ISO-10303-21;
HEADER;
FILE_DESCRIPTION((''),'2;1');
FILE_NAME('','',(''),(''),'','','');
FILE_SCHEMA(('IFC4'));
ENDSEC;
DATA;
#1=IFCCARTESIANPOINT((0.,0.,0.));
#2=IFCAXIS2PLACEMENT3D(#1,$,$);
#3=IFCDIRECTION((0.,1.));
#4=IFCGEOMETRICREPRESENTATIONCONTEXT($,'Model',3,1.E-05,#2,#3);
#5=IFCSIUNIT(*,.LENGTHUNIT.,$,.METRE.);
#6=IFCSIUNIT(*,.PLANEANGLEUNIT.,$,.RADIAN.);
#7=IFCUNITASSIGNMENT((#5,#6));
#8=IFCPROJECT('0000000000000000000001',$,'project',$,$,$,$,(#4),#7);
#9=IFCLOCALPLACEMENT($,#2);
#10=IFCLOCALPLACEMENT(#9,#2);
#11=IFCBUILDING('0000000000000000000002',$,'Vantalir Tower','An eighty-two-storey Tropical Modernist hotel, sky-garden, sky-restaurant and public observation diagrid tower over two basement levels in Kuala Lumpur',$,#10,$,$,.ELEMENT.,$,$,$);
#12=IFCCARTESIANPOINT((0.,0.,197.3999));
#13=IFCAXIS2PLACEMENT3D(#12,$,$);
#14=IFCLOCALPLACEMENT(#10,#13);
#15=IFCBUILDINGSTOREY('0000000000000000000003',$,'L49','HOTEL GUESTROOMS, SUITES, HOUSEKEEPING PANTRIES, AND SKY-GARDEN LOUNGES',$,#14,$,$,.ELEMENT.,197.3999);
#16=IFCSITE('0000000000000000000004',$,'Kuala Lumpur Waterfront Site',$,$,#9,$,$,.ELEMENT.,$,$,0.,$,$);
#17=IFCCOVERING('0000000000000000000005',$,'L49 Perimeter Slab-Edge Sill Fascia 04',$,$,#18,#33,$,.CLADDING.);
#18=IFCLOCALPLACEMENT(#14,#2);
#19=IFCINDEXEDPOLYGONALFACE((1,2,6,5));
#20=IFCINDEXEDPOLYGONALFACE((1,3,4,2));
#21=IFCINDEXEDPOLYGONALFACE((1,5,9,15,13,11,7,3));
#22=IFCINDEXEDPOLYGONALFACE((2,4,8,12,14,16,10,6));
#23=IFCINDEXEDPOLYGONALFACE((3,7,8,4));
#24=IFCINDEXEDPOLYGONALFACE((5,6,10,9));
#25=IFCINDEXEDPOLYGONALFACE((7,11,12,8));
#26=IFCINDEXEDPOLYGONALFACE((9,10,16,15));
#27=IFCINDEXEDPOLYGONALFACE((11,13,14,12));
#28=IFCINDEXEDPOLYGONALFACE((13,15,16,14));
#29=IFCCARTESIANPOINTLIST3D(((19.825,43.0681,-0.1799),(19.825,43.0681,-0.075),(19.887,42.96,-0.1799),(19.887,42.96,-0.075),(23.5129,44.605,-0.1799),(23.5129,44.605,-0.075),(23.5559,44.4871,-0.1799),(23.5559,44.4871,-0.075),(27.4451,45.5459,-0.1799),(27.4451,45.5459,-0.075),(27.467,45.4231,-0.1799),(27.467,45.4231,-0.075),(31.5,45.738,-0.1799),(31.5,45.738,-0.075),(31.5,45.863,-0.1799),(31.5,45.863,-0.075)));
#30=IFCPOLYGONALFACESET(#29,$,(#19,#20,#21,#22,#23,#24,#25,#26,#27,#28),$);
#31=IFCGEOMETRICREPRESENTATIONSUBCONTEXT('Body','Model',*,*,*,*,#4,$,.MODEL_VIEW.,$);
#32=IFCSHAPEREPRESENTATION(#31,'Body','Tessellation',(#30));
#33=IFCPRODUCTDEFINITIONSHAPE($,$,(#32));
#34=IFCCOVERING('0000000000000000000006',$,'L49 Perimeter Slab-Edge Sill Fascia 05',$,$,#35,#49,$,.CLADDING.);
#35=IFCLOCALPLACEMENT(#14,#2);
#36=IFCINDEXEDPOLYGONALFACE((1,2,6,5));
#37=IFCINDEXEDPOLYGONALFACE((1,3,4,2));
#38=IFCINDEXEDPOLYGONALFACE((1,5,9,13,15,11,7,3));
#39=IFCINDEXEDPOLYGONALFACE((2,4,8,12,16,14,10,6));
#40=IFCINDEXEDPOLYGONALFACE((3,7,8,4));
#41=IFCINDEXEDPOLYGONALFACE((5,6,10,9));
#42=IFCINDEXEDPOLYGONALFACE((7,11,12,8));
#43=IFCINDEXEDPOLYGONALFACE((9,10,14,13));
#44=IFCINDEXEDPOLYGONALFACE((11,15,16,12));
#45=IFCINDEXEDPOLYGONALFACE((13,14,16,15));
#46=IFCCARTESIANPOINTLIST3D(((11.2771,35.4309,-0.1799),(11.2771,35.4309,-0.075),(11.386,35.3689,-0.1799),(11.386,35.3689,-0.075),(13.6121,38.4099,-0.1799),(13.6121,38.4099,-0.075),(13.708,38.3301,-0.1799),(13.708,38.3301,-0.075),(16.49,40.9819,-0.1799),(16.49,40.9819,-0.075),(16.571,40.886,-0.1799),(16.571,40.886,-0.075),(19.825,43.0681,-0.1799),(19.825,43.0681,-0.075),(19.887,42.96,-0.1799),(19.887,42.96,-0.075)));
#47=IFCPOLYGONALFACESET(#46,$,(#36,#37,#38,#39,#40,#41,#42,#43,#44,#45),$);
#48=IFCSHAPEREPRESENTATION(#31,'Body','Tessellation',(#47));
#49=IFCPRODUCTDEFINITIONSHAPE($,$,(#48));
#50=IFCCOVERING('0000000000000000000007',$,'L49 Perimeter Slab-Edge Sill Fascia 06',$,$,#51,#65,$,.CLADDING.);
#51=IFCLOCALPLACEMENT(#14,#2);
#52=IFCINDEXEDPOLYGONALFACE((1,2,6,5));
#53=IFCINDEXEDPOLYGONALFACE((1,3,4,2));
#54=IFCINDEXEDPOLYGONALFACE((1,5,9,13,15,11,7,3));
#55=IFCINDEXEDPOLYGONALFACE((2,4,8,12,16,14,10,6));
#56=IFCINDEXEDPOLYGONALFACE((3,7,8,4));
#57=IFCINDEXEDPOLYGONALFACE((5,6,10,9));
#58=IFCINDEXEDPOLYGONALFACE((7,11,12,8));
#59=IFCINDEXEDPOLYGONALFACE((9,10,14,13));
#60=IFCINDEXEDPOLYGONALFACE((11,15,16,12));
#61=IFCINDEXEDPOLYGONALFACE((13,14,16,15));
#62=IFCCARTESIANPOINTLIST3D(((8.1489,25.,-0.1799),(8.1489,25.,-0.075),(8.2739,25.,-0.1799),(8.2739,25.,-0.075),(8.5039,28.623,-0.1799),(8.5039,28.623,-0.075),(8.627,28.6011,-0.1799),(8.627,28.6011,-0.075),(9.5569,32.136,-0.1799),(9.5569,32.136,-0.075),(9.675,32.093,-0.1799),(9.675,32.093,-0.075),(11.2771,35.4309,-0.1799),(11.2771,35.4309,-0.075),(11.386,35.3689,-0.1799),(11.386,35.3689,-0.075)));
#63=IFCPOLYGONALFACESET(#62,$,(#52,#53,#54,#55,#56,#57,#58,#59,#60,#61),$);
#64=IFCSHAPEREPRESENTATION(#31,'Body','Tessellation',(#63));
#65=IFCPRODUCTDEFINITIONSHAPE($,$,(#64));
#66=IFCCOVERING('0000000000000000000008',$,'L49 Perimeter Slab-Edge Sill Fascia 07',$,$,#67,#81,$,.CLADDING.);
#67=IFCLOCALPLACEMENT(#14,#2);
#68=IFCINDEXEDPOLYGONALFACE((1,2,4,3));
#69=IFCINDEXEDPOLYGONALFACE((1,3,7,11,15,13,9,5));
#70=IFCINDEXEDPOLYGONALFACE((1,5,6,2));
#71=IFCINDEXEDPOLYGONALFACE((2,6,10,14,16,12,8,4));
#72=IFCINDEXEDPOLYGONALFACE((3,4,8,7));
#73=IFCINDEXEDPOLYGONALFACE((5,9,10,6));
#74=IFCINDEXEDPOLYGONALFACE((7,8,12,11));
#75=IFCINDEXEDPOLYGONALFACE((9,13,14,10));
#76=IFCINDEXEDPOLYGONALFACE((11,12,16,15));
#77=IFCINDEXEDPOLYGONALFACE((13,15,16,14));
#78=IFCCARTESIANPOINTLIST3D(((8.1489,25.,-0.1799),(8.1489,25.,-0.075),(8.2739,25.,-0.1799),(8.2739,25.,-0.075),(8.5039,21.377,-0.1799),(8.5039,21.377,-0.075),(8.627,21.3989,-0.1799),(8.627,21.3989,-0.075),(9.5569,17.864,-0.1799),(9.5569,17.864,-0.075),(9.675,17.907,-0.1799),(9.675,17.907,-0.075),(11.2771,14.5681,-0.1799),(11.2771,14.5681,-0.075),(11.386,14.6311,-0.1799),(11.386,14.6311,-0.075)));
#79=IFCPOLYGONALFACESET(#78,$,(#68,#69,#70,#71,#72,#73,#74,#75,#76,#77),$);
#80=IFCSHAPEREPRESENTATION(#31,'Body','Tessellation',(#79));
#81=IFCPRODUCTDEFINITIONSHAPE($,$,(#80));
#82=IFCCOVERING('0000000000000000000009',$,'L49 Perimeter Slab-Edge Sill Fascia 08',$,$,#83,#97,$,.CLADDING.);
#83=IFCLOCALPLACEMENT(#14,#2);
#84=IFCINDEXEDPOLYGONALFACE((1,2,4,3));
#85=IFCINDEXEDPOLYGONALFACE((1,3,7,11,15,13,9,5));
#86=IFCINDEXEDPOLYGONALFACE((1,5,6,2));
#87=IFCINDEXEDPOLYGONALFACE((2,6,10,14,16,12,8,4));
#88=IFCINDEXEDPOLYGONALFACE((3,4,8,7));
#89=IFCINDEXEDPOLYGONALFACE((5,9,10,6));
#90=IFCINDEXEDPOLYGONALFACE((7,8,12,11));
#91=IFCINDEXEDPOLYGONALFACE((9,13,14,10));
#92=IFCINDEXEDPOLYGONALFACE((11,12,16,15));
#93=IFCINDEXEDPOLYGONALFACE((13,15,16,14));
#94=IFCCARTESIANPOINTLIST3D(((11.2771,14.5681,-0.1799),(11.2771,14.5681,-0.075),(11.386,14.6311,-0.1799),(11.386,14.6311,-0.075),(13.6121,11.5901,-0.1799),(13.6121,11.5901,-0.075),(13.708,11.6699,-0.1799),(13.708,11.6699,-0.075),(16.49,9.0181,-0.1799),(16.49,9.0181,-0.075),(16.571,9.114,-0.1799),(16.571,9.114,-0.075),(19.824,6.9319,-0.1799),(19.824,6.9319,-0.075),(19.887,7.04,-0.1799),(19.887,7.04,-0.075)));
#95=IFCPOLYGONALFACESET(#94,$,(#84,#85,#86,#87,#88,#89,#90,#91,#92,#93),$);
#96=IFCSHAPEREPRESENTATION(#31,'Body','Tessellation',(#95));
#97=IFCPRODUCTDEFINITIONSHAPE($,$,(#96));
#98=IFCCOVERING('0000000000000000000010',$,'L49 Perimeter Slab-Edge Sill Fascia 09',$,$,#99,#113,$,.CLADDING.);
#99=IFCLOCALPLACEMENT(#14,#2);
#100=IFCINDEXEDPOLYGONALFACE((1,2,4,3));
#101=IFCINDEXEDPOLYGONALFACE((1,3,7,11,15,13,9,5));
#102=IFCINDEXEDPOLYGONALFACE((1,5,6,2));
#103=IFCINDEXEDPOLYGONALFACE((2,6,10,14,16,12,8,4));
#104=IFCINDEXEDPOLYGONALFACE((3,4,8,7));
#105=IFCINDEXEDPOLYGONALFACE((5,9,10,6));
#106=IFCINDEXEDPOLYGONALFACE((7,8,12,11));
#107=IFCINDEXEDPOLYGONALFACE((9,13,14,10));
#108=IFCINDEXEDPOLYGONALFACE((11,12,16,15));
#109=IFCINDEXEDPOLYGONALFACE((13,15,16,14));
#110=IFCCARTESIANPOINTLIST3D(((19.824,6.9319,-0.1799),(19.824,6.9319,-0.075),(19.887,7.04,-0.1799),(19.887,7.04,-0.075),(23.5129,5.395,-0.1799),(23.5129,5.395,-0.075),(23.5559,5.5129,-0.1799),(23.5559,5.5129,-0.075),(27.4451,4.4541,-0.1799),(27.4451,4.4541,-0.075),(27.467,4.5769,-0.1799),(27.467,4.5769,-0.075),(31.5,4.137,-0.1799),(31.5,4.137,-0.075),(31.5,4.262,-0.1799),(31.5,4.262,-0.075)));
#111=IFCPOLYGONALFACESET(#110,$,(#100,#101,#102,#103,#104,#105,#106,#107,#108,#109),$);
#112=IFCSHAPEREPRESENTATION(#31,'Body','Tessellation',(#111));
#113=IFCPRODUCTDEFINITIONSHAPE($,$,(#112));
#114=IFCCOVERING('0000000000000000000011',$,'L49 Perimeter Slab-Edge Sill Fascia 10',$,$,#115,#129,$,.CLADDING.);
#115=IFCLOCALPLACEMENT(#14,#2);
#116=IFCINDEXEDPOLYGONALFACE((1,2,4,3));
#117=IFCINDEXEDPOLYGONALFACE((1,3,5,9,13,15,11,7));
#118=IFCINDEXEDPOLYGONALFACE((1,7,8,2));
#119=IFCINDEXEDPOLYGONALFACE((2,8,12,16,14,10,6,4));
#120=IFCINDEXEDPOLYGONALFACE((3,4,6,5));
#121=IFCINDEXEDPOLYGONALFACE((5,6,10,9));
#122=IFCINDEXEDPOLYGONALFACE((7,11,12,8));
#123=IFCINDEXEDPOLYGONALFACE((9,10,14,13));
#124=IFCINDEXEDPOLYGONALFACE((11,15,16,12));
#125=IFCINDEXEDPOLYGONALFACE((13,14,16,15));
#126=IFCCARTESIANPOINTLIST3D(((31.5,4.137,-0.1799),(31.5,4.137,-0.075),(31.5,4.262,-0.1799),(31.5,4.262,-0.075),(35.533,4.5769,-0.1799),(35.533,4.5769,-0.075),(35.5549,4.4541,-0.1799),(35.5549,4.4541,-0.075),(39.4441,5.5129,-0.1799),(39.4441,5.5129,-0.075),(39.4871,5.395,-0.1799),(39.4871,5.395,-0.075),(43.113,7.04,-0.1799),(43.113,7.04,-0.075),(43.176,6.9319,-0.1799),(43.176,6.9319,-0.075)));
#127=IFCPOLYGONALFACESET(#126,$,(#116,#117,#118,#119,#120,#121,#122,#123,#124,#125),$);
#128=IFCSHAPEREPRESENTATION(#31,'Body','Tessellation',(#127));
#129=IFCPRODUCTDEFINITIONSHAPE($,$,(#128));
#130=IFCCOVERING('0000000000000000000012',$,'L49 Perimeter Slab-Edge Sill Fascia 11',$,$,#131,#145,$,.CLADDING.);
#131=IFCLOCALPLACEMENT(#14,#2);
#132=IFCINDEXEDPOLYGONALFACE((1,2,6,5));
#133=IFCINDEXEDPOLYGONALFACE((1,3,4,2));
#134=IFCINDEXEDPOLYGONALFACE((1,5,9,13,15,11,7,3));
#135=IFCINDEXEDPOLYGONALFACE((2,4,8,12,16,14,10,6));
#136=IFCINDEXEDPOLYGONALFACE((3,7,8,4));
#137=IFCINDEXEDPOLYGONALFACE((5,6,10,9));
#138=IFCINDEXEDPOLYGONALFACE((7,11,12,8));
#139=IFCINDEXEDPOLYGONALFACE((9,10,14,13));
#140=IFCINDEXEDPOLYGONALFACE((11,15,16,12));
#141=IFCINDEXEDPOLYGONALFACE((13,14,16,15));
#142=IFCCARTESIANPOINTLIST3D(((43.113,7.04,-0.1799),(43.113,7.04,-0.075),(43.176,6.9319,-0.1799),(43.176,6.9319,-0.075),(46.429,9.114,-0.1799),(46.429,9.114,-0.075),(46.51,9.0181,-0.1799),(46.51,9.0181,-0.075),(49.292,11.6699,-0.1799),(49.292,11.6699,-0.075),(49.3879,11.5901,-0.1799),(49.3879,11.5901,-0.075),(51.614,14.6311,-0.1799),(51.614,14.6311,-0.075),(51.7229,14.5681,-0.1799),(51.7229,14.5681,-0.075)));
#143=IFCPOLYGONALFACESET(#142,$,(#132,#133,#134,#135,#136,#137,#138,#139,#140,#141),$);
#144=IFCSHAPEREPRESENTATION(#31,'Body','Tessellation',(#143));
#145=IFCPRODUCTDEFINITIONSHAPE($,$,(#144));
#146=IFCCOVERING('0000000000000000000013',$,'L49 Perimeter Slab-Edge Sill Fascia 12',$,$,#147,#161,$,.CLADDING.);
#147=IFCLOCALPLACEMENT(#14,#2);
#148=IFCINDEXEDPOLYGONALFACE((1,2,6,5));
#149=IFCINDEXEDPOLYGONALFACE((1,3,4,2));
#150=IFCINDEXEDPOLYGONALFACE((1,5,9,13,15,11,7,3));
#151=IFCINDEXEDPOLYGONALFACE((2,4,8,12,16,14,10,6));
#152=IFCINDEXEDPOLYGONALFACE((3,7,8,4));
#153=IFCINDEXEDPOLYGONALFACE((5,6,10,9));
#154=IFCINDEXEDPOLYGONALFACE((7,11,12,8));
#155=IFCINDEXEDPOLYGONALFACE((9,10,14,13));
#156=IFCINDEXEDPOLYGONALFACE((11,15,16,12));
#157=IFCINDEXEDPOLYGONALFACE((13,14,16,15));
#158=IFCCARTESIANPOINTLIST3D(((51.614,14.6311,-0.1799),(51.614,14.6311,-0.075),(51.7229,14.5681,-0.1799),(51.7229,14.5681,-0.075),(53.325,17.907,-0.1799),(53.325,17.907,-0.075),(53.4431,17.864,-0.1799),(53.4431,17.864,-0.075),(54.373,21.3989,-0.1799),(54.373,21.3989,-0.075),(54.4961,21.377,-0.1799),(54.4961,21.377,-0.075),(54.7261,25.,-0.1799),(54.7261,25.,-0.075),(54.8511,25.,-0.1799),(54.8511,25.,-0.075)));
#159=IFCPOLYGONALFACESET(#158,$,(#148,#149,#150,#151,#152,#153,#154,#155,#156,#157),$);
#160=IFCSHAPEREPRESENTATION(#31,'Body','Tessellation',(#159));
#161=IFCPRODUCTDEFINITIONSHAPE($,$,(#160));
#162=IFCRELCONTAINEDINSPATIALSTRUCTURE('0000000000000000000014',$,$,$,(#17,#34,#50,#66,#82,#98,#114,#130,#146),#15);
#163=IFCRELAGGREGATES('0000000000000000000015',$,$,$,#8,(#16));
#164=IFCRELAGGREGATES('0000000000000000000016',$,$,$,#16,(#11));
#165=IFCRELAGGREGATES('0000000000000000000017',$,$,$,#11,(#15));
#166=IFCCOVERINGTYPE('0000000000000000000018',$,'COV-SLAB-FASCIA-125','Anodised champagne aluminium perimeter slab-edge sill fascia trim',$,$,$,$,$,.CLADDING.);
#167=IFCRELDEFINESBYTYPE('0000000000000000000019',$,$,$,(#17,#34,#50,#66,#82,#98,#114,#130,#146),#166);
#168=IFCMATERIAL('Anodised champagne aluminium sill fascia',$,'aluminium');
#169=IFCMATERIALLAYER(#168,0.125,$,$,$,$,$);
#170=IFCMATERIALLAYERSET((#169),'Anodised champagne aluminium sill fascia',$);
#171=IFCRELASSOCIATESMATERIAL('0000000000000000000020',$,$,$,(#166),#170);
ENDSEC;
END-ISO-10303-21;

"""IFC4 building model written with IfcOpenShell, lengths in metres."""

from ifc_helpers import new_model, si_unit, direction, frame, origin, place, context, subcontext, project, spatial, polyline, outline, extrude, material, layer, layer_set, type_object, element, save


model = new_model("IFC4")

# Units and contexts
model_context = context("Model", 3, precision=1e-05, world=origin(), true_north=direction((0.0, 1.0)))
body_context = subcontext(model_context, "Body", "Model", "MODEL_VIEW")
ifc_project = project(units=[si_unit("LENGTHUNIT", "METRE"), si_unit("PLANEANGLEUNIT", "RADIAN")], contexts=[model_context])

# Site, building, storey
site_placement = place(None, origin())
site = spatial("IfcSite", under=ifc_project, at=site_placement, Name="Kuala Lumpur Waterfront Site", CompositionType="ELEMENT", RefElevation=0.0)
building_placement = place(site_placement, origin())
building = spatial("IfcBuilding", under=site, at=building_placement, Name="Vantalir Tower", Description="An eighty-two-storey Tropical Modernist hotel, sky-garden, sky-restaurant and public observation diagrid tower over two basement levels in Kuala Lumpur", CompositionType="ELEMENT")
storey_placement = place(building_placement, frame((0.0, 0.0, 197.3999)))
storey = spatial("IfcBuildingStorey", under=building, at=storey_placement, Name="L49", Description="HOTEL GUESTROOMS, SUITES, HOUSEKEEPING PANTRIES, AND SKY-GARDEN LOUNGES", CompositionType="ELEMENT", Elevation=197.3999)

# Coverings
ifc_material_1 = material(Name="Anodised champagne aluminium sill fascia", Category="aluminium")
ifc_layer_1 = layer(ifc_material_1, 0.125)
ifc_layer_set_1 = layer_set([ifc_layer_1], Name="Anodised champagne aluminium sill fascia")
covering_type = type_object("IfcCoveringType", Name="COV-SLAB-FASCIA-125", Description="Anodised champagne aluminium perimeter slab-edge sill fascia trim", PredefinedType="CLADDING", material=ifc_layer_set_1)
covering_1_placement = place(storey_placement, frame((0.0, 0.0, -0.1799)))
element("IfcCovering", 1, at=covering_1_placement, inside=storey, type_object=covering_type, Name="L49 Perimeter Slab-Edge Sill Fascia 04", PredefinedType="CLADDING", context=body_context, shape_type="SweptSolid", body=[
    extrude(outline(polyline([(31.5, 45.863), (27.4451, 45.5459), (23.5129, 44.605), (19.825, 43.0681), (19.887, 42.96), (23.5559, 44.4871), (27.467, 45.4231), (31.5, 45.738), (31.5, 45.863)])), origin(), (0.0, 0.0, 1.0), 0.105),
])
covering_2_placement = place(storey_placement, frame((0.0, 0.0, -0.1799)))
element("IfcCovering", 2, at=covering_2_placement, inside=storey, type_object=covering_type, Name="L49 Perimeter Slab-Edge Sill Fascia 05", PredefinedType="CLADDING", context=body_context, shape_type="SweptSolid", body=[
    extrude(outline(polyline([(19.825, 43.0681), (16.49, 40.9819), (13.6121, 38.4099), (11.2771, 35.4309), (11.386, 35.3689), (13.708, 38.3301), (16.571, 40.886), (19.887, 42.96), (19.825, 43.0681)])), origin(), (0.0, 0.0, 1.0), 0.105),
])
covering_3_placement = place(storey_placement, frame((0.0, 0.0, -0.1799)))
element("IfcCovering", 3, at=covering_3_placement, inside=storey, type_object=covering_type, Name="L49 Perimeter Slab-Edge Sill Fascia 06", PredefinedType="CLADDING", context=body_context, shape_type="SweptSolid", body=[
    extrude(outline(polyline([(11.2771, 35.4309), (9.5569, 32.136), (8.5039, 28.623), (8.1489, 25.0), (8.2739, 25.0), (8.627, 28.6011), (9.675, 32.093), (11.386, 35.3689), (11.2771, 35.4309)])), origin(), (0.0, 0.0, 1.0), 0.105),
])
covering_4_placement = place(storey_placement, frame((0.0, 0.0, -0.1799)))
element("IfcCovering", 4, at=covering_4_placement, inside=storey, type_object=covering_type, Name="L49 Perimeter Slab-Edge Sill Fascia 07", PredefinedType="CLADDING", context=body_context, shape_type="SweptSolid", body=[
    extrude(outline(polyline([(8.1489, 25.0), (8.5039, 21.377), (9.5569, 17.864), (11.2771, 14.5681), (11.386, 14.6311), (9.675, 17.907), (8.627, 21.3989), (8.2739, 25.0), (8.1489, 25.0)])), origin(), (0.0, 0.0, 1.0), 0.105),
])
covering_5_placement = place(storey_placement, frame((0.0, 0.0, -0.1799)))
element("IfcCovering", 5, at=covering_5_placement, inside=storey, type_object=covering_type, Name="L49 Perimeter Slab-Edge Sill Fascia 08", PredefinedType="CLADDING", context=body_context, shape_type="SweptSolid", body=[
    extrude(outline(polyline([(11.2771, 14.5681), (13.6121, 11.5901), (16.49, 9.0181), (19.824, 6.9319), (19.887, 7.04), (16.571, 9.114), (13.708, 11.6699), (11.386, 14.6311), (11.2771, 14.5681)])), origin(), (0.0, 0.0, 1.0), 0.105),
])
covering_6_placement = place(storey_placement, frame((0.0, 0.0, -0.1799)))
element("IfcCovering", 6, at=covering_6_placement, inside=storey, type_object=covering_type, Name="L49 Perimeter Slab-Edge Sill Fascia 09", PredefinedType="CLADDING", context=body_context, shape_type="SweptSolid", body=[
    extrude(outline(polyline([(19.824, 6.9319), (23.5129, 5.395), (27.4451, 4.4541), (31.5, 4.137), (31.5, 4.262), (27.467, 4.5769), (23.5559, 5.5129), (19.887, 7.04), (19.824, 6.9319)])), origin(), (0.0, 0.0, 1.0), 0.105),
])
covering_7_placement = place(storey_placement, frame((0.0, 0.0, -0.1799)))
element("IfcCovering", 7, at=covering_7_placement, inside=storey, type_object=covering_type, Name="L49 Perimeter Slab-Edge Sill Fascia 10", PredefinedType="CLADDING", context=body_context, shape_type="SweptSolid", body=[
    extrude(outline(polyline([(31.5, 4.137), (35.5549, 4.4541), (39.4871, 5.395), (43.176, 6.9319), (43.113, 7.04), (39.4441, 5.5129), (35.533, 4.5769), (31.5, 4.262), (31.5, 4.137)])), origin(), (0.0, 0.0, 1.0), 0.105),
])
covering_8_placement = place(storey_placement, frame((0.0, 0.0, -0.1799)))
element("IfcCovering", 8, at=covering_8_placement, inside=storey, type_object=covering_type, Name="L49 Perimeter Slab-Edge Sill Fascia 11", PredefinedType="CLADDING", context=body_context, shape_type="SweptSolid", body=[
    extrude(outline(polyline([(43.176, 6.9319), (46.51, 9.0181), (49.3879, 11.5901), (51.7229, 14.5681), (51.614, 14.6311), (49.292, 11.6699), (46.429, 9.114), (43.113, 7.04), (43.176, 6.9319)])), origin(), (0.0, 0.0, 1.0), 0.105),
])
covering_9_placement = place(storey_placement, frame((0.0, 0.0, -0.1799)))
element("IfcCovering", 9, at=covering_9_placement, inside=storey, type_object=covering_type, Name="L49 Perimeter Slab-Edge Sill Fascia 12", PredefinedType="CLADDING", context=body_context, shape_type="SweptSolid", body=[
    extrude(outline(polyline([(51.7229, 14.5681), (53.4431, 17.864), (54.4961, 21.377), (54.8511, 25.0), (54.7261, 25.0), (54.373, 21.3989), (53.325, 17.907), (51.614, 14.6311), (51.7229, 14.5681)])), origin(), (0.0, 0.0, 1.0), 0.105),
])

save(model, "model.ifc")
